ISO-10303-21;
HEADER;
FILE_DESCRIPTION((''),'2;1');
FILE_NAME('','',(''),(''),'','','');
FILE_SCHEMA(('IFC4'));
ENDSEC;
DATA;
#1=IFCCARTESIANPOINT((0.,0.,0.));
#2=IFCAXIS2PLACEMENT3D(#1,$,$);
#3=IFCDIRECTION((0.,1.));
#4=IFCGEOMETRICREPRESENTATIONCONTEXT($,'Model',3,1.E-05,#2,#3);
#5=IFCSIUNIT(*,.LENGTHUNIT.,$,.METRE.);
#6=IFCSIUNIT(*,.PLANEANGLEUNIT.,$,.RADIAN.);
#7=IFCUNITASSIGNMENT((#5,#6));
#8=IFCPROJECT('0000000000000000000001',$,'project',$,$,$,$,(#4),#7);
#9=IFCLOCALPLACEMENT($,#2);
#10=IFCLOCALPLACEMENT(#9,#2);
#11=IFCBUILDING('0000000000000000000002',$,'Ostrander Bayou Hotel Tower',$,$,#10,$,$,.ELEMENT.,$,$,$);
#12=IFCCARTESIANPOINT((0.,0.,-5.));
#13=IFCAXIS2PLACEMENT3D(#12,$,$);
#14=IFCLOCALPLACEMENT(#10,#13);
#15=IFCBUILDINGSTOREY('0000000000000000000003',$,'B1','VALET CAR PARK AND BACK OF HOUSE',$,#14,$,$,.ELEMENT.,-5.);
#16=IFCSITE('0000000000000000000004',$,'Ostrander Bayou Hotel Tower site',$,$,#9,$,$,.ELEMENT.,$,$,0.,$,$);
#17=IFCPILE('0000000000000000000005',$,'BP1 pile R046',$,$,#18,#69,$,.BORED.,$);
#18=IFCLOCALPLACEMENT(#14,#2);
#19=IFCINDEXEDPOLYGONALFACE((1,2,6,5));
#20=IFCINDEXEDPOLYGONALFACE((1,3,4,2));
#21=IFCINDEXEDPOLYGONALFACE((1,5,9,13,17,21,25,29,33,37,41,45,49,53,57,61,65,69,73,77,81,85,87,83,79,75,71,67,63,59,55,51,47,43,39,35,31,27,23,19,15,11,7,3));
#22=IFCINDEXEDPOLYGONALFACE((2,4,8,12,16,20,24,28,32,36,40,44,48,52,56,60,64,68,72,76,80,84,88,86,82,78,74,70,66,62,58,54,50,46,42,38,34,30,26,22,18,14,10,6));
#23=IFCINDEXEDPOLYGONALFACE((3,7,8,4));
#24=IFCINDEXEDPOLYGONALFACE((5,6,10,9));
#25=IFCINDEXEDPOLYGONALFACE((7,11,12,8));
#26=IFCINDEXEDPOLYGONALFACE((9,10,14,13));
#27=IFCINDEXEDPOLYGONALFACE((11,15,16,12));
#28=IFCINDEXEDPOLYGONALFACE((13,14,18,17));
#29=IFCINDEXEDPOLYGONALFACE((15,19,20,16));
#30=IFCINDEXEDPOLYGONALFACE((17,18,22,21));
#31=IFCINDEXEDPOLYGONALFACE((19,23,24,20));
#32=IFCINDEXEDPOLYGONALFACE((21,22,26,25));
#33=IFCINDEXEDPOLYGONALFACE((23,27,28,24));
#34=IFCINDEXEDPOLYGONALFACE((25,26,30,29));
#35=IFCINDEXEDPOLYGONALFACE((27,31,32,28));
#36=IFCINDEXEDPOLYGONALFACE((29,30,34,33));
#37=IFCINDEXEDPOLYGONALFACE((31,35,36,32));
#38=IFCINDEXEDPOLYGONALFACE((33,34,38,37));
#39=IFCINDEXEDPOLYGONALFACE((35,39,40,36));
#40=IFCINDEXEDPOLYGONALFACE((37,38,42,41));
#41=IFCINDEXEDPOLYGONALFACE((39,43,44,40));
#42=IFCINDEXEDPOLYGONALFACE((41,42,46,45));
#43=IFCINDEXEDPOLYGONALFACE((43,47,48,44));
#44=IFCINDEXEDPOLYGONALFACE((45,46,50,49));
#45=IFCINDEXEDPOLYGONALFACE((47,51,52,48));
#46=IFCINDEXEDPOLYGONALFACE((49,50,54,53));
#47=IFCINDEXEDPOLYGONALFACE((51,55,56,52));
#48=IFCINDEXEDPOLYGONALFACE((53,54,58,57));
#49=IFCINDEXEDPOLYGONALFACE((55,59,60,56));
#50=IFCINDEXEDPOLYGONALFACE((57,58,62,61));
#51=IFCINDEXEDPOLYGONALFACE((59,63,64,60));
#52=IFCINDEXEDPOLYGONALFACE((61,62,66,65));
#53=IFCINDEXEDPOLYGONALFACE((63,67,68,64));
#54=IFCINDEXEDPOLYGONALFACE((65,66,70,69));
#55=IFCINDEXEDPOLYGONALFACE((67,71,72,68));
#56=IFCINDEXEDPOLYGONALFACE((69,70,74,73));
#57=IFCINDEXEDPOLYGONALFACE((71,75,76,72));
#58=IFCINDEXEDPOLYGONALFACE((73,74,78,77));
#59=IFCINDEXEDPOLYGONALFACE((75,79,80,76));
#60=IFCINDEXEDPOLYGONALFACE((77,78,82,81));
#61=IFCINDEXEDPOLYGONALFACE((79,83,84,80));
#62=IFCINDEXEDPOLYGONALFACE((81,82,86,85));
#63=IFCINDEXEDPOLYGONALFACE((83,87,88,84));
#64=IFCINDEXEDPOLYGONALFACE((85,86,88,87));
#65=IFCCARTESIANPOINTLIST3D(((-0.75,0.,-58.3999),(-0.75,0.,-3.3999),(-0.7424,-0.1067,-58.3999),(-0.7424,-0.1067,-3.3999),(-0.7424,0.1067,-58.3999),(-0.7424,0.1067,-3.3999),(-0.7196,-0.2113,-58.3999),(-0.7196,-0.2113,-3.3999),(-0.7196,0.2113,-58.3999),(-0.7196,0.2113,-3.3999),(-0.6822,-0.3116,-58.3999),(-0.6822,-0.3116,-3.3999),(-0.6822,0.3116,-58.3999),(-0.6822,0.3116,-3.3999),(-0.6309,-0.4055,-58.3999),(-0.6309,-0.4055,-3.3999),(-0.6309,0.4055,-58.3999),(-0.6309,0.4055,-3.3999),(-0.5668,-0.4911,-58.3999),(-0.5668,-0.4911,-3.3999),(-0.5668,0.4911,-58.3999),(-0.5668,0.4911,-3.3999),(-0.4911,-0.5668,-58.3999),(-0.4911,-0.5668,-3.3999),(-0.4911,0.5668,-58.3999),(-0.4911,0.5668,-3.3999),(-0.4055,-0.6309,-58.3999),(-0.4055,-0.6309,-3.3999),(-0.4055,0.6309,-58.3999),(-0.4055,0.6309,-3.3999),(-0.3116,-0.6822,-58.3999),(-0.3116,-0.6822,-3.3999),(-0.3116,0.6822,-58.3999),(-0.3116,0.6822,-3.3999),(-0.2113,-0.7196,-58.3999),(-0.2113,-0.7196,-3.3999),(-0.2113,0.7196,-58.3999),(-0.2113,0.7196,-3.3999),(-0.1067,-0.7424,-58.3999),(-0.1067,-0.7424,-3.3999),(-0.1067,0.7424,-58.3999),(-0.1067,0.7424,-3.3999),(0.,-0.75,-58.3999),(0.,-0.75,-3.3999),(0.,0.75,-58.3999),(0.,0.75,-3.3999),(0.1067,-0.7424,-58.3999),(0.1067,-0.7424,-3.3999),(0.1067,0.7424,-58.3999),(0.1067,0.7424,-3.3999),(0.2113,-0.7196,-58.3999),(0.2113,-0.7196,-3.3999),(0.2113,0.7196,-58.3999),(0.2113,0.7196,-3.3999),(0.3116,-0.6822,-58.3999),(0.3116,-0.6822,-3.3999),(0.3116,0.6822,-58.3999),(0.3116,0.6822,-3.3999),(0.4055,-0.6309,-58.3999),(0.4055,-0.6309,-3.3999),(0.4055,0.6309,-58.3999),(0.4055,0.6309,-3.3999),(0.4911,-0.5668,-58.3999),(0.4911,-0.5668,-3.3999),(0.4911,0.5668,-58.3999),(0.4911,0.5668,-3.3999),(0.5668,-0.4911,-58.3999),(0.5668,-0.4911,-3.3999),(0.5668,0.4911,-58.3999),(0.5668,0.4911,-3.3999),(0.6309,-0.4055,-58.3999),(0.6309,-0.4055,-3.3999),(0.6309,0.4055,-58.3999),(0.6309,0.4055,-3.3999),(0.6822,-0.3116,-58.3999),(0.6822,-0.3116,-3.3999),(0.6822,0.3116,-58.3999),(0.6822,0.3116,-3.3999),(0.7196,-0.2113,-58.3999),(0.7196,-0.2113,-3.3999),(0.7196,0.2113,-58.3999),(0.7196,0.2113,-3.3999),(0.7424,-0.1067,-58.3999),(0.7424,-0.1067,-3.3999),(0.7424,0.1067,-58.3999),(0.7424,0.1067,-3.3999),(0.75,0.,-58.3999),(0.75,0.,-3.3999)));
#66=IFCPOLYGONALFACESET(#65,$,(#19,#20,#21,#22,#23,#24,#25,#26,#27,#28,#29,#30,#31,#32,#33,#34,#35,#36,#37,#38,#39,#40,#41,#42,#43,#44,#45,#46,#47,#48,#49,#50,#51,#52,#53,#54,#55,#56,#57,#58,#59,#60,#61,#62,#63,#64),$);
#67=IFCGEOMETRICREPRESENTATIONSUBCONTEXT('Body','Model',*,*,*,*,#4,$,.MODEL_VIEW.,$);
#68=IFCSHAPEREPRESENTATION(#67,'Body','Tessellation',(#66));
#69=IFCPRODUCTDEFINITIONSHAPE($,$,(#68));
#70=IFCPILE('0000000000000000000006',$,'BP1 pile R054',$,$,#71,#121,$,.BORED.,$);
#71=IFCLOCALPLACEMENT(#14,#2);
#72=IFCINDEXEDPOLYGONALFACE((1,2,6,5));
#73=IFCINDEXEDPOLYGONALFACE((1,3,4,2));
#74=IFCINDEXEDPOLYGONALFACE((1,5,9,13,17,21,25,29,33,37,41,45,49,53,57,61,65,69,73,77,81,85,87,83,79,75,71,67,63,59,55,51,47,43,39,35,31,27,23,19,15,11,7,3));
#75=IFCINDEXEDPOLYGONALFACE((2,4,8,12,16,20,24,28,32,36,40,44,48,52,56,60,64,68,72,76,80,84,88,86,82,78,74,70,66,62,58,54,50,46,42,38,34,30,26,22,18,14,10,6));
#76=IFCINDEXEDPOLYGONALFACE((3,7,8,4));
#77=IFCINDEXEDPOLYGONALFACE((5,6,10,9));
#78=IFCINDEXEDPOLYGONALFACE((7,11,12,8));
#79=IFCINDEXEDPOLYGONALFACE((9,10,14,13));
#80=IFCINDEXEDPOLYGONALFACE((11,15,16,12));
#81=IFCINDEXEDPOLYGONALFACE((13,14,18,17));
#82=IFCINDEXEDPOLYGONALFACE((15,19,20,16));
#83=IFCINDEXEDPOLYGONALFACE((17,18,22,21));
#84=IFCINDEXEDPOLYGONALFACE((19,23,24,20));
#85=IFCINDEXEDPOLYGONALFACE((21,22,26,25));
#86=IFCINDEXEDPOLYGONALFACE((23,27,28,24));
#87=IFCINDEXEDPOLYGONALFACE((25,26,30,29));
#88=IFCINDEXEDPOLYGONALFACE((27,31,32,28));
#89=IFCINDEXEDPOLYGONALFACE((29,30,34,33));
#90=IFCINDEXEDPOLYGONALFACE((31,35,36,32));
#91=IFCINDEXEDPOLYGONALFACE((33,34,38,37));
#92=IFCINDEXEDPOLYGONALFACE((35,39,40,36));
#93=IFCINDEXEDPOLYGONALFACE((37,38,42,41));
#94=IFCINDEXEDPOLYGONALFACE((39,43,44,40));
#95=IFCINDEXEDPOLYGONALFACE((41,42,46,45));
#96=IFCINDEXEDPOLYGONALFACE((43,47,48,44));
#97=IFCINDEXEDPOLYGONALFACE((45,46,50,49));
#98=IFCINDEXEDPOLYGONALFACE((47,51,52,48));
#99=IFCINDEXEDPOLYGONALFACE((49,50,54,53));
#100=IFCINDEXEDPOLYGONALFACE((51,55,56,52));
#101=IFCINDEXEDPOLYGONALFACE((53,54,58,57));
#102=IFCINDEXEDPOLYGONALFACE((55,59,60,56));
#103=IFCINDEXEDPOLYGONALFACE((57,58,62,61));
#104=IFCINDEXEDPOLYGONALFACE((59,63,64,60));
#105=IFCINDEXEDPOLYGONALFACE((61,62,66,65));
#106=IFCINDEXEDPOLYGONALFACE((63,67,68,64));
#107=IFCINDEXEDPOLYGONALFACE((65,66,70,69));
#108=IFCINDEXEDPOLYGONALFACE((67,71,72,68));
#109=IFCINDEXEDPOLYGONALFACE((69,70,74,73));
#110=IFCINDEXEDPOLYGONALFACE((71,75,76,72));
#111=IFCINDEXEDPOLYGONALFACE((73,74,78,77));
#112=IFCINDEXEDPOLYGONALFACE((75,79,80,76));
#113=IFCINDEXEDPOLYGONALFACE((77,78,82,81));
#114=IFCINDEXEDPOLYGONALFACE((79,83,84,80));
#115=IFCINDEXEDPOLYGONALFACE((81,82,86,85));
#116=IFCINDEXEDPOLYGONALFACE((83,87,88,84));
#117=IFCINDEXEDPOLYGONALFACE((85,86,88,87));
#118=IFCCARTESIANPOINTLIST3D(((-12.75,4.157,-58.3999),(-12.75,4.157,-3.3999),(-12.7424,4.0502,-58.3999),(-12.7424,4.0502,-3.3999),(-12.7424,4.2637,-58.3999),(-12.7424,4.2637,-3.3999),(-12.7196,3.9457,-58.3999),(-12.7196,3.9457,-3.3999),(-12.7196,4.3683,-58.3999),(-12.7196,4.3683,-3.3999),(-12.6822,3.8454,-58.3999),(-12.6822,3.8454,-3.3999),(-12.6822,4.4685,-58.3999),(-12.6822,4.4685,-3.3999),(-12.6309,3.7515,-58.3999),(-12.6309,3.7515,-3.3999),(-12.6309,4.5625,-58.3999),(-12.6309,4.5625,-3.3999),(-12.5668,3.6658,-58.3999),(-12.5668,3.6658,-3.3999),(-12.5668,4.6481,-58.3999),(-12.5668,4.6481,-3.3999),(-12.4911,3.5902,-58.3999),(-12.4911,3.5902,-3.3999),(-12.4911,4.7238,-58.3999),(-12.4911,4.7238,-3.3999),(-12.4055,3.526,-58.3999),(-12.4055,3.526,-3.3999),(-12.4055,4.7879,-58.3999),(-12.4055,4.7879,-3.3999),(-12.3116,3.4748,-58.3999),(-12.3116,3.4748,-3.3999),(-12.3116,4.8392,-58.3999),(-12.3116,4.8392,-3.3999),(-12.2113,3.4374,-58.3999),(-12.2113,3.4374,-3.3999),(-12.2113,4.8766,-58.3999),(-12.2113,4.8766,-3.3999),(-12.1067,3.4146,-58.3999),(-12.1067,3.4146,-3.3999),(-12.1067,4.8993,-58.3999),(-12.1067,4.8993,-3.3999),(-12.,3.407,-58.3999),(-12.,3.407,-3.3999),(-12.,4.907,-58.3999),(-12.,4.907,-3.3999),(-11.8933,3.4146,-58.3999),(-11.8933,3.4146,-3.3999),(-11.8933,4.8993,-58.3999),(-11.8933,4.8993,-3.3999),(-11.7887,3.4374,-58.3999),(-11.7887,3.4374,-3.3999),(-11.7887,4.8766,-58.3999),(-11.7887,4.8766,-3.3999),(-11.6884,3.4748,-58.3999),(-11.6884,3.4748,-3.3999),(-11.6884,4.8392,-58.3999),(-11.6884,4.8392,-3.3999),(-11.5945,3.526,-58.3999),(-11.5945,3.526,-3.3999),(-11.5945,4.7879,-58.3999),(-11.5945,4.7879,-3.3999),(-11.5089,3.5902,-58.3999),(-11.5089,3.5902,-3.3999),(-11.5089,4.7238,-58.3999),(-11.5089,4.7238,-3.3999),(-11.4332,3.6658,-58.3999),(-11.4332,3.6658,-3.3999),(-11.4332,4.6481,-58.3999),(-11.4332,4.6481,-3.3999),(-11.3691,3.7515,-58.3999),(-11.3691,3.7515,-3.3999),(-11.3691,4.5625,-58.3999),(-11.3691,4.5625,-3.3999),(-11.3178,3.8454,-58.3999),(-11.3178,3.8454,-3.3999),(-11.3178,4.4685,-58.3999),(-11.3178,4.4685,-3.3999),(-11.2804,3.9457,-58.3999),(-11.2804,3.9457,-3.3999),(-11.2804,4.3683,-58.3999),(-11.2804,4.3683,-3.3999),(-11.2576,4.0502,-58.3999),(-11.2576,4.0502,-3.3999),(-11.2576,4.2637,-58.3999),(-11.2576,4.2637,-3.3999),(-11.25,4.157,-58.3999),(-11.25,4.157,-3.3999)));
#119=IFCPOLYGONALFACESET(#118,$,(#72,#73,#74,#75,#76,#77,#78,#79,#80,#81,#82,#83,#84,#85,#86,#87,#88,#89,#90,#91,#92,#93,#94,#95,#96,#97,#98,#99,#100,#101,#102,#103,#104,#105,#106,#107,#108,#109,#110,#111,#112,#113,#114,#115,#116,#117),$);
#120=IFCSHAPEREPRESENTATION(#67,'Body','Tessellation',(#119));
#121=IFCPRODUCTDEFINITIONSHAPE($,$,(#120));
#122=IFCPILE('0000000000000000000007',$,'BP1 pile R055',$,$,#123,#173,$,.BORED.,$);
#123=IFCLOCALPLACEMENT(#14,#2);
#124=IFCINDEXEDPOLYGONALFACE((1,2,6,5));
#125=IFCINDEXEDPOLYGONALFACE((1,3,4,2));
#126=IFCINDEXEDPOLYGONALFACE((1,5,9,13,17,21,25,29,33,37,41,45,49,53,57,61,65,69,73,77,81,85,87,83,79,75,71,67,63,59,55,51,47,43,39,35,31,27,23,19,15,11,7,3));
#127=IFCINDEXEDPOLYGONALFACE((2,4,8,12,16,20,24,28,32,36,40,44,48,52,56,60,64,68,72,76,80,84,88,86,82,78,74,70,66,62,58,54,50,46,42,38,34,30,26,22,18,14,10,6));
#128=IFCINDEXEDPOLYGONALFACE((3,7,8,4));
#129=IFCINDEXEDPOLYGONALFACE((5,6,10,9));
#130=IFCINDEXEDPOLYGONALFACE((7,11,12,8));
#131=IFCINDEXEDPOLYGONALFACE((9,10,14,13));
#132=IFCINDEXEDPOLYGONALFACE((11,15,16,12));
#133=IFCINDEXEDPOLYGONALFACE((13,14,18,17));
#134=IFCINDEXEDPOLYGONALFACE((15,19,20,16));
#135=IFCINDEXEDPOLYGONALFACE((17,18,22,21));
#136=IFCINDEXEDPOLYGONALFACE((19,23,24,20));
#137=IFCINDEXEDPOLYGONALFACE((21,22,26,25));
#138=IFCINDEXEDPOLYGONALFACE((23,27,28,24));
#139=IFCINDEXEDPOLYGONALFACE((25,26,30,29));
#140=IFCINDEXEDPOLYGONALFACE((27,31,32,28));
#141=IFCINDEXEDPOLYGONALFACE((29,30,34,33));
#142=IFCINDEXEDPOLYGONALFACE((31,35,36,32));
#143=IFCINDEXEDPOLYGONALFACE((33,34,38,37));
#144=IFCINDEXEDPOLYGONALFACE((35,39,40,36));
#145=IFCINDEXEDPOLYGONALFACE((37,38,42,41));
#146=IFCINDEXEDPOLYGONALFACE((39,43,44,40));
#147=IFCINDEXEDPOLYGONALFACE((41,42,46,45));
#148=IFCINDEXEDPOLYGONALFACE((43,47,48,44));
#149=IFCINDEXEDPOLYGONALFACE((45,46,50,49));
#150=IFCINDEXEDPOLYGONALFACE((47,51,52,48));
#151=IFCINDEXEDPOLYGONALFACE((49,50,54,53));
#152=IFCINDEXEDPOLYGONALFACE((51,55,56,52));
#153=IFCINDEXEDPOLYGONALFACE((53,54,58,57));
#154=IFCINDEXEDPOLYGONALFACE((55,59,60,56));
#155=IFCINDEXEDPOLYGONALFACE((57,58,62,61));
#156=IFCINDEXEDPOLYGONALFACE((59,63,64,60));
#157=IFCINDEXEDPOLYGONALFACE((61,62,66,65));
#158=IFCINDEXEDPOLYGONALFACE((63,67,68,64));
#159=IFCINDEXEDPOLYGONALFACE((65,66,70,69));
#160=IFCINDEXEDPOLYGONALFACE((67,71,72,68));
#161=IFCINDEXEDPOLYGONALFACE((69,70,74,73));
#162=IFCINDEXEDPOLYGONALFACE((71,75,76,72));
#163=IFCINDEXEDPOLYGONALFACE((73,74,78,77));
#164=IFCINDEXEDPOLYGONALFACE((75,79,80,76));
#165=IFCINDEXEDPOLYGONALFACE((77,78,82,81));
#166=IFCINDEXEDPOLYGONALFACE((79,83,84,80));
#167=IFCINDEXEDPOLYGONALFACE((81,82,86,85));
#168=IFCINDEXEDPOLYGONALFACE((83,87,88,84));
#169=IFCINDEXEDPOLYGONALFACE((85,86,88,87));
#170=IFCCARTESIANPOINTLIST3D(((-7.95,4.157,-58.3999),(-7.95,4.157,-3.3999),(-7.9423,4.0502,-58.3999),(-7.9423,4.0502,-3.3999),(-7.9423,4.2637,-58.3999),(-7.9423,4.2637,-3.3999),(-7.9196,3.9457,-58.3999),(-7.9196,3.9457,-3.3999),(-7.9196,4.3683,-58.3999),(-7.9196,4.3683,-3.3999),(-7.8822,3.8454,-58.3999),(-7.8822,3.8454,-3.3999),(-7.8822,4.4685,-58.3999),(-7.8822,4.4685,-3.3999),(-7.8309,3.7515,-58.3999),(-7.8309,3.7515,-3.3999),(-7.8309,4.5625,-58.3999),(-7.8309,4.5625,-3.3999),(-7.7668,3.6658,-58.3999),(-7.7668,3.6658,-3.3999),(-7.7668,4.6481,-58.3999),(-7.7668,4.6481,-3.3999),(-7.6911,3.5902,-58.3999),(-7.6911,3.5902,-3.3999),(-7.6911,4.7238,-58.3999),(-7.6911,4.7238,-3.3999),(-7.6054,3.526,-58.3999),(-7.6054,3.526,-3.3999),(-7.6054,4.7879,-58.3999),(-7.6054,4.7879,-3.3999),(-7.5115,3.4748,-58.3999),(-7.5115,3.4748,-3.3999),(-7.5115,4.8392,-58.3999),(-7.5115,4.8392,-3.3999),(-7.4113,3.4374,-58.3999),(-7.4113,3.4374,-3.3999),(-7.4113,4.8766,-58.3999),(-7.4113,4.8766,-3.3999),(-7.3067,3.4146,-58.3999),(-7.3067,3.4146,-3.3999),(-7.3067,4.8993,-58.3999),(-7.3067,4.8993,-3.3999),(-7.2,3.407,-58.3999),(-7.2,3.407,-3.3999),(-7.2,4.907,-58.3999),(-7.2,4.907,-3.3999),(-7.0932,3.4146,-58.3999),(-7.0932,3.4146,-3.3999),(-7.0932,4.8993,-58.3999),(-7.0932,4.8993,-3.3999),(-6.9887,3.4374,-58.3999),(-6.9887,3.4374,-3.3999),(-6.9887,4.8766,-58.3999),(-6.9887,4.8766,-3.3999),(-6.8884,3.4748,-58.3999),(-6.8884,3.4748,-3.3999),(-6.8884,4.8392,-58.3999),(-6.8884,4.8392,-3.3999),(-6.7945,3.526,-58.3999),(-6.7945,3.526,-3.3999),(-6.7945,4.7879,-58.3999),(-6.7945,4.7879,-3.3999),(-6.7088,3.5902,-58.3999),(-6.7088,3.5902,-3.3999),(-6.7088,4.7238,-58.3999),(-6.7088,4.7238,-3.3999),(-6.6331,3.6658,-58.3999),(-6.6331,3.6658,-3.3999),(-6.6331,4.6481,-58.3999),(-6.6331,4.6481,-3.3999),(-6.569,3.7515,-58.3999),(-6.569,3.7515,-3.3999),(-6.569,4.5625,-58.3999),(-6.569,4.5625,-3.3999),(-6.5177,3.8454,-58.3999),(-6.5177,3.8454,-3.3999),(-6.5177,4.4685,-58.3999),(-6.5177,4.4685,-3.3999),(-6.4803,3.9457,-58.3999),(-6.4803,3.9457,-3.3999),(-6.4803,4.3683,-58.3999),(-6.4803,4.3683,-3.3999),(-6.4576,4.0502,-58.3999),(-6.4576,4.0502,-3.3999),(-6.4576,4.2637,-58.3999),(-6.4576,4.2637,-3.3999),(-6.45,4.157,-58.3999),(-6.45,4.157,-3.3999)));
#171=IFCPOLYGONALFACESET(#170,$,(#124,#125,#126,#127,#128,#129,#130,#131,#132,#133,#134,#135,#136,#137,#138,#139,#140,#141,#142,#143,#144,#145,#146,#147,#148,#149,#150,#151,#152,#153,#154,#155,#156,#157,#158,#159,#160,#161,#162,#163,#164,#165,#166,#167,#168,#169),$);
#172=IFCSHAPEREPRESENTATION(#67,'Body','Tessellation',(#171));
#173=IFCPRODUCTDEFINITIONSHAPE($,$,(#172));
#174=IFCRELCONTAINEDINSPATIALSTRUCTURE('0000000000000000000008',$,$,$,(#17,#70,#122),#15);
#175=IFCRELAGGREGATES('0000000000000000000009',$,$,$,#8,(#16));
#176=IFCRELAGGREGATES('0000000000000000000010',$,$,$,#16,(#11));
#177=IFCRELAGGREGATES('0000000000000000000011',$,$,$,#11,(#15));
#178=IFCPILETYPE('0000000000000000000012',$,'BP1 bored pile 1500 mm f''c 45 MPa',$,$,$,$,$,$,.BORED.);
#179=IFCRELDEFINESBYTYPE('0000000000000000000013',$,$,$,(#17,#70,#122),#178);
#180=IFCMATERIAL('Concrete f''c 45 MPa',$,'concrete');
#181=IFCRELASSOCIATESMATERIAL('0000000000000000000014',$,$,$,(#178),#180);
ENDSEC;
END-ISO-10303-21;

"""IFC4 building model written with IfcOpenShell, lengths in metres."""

from ifc_helpers import new_model, si_unit, direction, frame, origin, origin_2d, place, context, subcontext, project, spatial, circle, extrude, material, material_profile, profile_set, type_object, element, save


model = new_model("IFC4")

# Units and contexts
model_context = context("Model", 3, precision=1e-05, world=origin(), true_north=direction((0.0, 1.0)))
body_context = subcontext(model_context, "Body", "Model", "MODEL_VIEW")
ifc_project = project(units=[si_unit("LENGTHUNIT", "METRE"), si_unit("PLANEANGLEUNIT", "RADIAN")], contexts=[model_context])

# Site, building, storey
site_placement = place(None, origin())
site = spatial("IfcSite", under=ifc_project, at=site_placement, Name="Ostrander Bayou Hotel Tower site", CompositionType="ELEMENT", RefElevation=0.0)
building_placement = place(site_placement, origin())
building = spatial("IfcBuilding", under=site, at=building_placement, Name="Ostrander Bayou Hotel Tower", CompositionType="ELEMENT")
storey_placement = place(building_placement, frame((0.0, 0.0, -5.0)))
storey = spatial("IfcBuildingStorey", under=building, at=storey_placement, Name="B1", Description="VALET CAR PARK AND BACK OF HOUSE", CompositionType="ELEMENT", Elevation=-5.0)

# Piles
ifc_material_1 = material(Name="Concrete f'c 45 MPa", Category="concrete")
ifc_material_profile = material_profile(ifc_material_1, circle(Radius=0.75, at=origin_2d()))
ifc_profile_set = profile_set([ifc_material_profile], Name="Concrete f'c 45 MPa")
pile_type = type_object("IfcPileType", Name="BP1 bored pile 1500 mm f'c 45 MPa", PredefinedType="BORED", material=ifc_profile_set)
for number, where, z_axis, x_axis, name in (
    (1, (0.0, 0.0, -3.3999), (0.0, 0.0, -1.0), (1.0, 0.0, 0.0), "BP1 pile R046"),
    (2, (-12.0, 4.157, -3.3999), (0.0, 0.0, -1.0), (1.0, 0.0, 0.0), "BP1 pile R054"),
    (3, (-7.2, 4.157, -3.3999), (0.0, 0.0, -1.0), (1.0, 0.0, 0.0), "BP1 pile R055"),
):
    element("IfcPile", number, at=place(storey_placement, frame(where, z_axis=z_axis, x_axis=x_axis)), inside=storey, type_object=pile_type, Name=name, PredefinedType="BORED", context=body_context, shape_type="SweptSolid", body=[
        extrude(circle(Radius=0.75, at=origin_2d()), origin(), (0.0, 0.0, 1.0), 55.0),
    ])

save(model, "model.ifc")
